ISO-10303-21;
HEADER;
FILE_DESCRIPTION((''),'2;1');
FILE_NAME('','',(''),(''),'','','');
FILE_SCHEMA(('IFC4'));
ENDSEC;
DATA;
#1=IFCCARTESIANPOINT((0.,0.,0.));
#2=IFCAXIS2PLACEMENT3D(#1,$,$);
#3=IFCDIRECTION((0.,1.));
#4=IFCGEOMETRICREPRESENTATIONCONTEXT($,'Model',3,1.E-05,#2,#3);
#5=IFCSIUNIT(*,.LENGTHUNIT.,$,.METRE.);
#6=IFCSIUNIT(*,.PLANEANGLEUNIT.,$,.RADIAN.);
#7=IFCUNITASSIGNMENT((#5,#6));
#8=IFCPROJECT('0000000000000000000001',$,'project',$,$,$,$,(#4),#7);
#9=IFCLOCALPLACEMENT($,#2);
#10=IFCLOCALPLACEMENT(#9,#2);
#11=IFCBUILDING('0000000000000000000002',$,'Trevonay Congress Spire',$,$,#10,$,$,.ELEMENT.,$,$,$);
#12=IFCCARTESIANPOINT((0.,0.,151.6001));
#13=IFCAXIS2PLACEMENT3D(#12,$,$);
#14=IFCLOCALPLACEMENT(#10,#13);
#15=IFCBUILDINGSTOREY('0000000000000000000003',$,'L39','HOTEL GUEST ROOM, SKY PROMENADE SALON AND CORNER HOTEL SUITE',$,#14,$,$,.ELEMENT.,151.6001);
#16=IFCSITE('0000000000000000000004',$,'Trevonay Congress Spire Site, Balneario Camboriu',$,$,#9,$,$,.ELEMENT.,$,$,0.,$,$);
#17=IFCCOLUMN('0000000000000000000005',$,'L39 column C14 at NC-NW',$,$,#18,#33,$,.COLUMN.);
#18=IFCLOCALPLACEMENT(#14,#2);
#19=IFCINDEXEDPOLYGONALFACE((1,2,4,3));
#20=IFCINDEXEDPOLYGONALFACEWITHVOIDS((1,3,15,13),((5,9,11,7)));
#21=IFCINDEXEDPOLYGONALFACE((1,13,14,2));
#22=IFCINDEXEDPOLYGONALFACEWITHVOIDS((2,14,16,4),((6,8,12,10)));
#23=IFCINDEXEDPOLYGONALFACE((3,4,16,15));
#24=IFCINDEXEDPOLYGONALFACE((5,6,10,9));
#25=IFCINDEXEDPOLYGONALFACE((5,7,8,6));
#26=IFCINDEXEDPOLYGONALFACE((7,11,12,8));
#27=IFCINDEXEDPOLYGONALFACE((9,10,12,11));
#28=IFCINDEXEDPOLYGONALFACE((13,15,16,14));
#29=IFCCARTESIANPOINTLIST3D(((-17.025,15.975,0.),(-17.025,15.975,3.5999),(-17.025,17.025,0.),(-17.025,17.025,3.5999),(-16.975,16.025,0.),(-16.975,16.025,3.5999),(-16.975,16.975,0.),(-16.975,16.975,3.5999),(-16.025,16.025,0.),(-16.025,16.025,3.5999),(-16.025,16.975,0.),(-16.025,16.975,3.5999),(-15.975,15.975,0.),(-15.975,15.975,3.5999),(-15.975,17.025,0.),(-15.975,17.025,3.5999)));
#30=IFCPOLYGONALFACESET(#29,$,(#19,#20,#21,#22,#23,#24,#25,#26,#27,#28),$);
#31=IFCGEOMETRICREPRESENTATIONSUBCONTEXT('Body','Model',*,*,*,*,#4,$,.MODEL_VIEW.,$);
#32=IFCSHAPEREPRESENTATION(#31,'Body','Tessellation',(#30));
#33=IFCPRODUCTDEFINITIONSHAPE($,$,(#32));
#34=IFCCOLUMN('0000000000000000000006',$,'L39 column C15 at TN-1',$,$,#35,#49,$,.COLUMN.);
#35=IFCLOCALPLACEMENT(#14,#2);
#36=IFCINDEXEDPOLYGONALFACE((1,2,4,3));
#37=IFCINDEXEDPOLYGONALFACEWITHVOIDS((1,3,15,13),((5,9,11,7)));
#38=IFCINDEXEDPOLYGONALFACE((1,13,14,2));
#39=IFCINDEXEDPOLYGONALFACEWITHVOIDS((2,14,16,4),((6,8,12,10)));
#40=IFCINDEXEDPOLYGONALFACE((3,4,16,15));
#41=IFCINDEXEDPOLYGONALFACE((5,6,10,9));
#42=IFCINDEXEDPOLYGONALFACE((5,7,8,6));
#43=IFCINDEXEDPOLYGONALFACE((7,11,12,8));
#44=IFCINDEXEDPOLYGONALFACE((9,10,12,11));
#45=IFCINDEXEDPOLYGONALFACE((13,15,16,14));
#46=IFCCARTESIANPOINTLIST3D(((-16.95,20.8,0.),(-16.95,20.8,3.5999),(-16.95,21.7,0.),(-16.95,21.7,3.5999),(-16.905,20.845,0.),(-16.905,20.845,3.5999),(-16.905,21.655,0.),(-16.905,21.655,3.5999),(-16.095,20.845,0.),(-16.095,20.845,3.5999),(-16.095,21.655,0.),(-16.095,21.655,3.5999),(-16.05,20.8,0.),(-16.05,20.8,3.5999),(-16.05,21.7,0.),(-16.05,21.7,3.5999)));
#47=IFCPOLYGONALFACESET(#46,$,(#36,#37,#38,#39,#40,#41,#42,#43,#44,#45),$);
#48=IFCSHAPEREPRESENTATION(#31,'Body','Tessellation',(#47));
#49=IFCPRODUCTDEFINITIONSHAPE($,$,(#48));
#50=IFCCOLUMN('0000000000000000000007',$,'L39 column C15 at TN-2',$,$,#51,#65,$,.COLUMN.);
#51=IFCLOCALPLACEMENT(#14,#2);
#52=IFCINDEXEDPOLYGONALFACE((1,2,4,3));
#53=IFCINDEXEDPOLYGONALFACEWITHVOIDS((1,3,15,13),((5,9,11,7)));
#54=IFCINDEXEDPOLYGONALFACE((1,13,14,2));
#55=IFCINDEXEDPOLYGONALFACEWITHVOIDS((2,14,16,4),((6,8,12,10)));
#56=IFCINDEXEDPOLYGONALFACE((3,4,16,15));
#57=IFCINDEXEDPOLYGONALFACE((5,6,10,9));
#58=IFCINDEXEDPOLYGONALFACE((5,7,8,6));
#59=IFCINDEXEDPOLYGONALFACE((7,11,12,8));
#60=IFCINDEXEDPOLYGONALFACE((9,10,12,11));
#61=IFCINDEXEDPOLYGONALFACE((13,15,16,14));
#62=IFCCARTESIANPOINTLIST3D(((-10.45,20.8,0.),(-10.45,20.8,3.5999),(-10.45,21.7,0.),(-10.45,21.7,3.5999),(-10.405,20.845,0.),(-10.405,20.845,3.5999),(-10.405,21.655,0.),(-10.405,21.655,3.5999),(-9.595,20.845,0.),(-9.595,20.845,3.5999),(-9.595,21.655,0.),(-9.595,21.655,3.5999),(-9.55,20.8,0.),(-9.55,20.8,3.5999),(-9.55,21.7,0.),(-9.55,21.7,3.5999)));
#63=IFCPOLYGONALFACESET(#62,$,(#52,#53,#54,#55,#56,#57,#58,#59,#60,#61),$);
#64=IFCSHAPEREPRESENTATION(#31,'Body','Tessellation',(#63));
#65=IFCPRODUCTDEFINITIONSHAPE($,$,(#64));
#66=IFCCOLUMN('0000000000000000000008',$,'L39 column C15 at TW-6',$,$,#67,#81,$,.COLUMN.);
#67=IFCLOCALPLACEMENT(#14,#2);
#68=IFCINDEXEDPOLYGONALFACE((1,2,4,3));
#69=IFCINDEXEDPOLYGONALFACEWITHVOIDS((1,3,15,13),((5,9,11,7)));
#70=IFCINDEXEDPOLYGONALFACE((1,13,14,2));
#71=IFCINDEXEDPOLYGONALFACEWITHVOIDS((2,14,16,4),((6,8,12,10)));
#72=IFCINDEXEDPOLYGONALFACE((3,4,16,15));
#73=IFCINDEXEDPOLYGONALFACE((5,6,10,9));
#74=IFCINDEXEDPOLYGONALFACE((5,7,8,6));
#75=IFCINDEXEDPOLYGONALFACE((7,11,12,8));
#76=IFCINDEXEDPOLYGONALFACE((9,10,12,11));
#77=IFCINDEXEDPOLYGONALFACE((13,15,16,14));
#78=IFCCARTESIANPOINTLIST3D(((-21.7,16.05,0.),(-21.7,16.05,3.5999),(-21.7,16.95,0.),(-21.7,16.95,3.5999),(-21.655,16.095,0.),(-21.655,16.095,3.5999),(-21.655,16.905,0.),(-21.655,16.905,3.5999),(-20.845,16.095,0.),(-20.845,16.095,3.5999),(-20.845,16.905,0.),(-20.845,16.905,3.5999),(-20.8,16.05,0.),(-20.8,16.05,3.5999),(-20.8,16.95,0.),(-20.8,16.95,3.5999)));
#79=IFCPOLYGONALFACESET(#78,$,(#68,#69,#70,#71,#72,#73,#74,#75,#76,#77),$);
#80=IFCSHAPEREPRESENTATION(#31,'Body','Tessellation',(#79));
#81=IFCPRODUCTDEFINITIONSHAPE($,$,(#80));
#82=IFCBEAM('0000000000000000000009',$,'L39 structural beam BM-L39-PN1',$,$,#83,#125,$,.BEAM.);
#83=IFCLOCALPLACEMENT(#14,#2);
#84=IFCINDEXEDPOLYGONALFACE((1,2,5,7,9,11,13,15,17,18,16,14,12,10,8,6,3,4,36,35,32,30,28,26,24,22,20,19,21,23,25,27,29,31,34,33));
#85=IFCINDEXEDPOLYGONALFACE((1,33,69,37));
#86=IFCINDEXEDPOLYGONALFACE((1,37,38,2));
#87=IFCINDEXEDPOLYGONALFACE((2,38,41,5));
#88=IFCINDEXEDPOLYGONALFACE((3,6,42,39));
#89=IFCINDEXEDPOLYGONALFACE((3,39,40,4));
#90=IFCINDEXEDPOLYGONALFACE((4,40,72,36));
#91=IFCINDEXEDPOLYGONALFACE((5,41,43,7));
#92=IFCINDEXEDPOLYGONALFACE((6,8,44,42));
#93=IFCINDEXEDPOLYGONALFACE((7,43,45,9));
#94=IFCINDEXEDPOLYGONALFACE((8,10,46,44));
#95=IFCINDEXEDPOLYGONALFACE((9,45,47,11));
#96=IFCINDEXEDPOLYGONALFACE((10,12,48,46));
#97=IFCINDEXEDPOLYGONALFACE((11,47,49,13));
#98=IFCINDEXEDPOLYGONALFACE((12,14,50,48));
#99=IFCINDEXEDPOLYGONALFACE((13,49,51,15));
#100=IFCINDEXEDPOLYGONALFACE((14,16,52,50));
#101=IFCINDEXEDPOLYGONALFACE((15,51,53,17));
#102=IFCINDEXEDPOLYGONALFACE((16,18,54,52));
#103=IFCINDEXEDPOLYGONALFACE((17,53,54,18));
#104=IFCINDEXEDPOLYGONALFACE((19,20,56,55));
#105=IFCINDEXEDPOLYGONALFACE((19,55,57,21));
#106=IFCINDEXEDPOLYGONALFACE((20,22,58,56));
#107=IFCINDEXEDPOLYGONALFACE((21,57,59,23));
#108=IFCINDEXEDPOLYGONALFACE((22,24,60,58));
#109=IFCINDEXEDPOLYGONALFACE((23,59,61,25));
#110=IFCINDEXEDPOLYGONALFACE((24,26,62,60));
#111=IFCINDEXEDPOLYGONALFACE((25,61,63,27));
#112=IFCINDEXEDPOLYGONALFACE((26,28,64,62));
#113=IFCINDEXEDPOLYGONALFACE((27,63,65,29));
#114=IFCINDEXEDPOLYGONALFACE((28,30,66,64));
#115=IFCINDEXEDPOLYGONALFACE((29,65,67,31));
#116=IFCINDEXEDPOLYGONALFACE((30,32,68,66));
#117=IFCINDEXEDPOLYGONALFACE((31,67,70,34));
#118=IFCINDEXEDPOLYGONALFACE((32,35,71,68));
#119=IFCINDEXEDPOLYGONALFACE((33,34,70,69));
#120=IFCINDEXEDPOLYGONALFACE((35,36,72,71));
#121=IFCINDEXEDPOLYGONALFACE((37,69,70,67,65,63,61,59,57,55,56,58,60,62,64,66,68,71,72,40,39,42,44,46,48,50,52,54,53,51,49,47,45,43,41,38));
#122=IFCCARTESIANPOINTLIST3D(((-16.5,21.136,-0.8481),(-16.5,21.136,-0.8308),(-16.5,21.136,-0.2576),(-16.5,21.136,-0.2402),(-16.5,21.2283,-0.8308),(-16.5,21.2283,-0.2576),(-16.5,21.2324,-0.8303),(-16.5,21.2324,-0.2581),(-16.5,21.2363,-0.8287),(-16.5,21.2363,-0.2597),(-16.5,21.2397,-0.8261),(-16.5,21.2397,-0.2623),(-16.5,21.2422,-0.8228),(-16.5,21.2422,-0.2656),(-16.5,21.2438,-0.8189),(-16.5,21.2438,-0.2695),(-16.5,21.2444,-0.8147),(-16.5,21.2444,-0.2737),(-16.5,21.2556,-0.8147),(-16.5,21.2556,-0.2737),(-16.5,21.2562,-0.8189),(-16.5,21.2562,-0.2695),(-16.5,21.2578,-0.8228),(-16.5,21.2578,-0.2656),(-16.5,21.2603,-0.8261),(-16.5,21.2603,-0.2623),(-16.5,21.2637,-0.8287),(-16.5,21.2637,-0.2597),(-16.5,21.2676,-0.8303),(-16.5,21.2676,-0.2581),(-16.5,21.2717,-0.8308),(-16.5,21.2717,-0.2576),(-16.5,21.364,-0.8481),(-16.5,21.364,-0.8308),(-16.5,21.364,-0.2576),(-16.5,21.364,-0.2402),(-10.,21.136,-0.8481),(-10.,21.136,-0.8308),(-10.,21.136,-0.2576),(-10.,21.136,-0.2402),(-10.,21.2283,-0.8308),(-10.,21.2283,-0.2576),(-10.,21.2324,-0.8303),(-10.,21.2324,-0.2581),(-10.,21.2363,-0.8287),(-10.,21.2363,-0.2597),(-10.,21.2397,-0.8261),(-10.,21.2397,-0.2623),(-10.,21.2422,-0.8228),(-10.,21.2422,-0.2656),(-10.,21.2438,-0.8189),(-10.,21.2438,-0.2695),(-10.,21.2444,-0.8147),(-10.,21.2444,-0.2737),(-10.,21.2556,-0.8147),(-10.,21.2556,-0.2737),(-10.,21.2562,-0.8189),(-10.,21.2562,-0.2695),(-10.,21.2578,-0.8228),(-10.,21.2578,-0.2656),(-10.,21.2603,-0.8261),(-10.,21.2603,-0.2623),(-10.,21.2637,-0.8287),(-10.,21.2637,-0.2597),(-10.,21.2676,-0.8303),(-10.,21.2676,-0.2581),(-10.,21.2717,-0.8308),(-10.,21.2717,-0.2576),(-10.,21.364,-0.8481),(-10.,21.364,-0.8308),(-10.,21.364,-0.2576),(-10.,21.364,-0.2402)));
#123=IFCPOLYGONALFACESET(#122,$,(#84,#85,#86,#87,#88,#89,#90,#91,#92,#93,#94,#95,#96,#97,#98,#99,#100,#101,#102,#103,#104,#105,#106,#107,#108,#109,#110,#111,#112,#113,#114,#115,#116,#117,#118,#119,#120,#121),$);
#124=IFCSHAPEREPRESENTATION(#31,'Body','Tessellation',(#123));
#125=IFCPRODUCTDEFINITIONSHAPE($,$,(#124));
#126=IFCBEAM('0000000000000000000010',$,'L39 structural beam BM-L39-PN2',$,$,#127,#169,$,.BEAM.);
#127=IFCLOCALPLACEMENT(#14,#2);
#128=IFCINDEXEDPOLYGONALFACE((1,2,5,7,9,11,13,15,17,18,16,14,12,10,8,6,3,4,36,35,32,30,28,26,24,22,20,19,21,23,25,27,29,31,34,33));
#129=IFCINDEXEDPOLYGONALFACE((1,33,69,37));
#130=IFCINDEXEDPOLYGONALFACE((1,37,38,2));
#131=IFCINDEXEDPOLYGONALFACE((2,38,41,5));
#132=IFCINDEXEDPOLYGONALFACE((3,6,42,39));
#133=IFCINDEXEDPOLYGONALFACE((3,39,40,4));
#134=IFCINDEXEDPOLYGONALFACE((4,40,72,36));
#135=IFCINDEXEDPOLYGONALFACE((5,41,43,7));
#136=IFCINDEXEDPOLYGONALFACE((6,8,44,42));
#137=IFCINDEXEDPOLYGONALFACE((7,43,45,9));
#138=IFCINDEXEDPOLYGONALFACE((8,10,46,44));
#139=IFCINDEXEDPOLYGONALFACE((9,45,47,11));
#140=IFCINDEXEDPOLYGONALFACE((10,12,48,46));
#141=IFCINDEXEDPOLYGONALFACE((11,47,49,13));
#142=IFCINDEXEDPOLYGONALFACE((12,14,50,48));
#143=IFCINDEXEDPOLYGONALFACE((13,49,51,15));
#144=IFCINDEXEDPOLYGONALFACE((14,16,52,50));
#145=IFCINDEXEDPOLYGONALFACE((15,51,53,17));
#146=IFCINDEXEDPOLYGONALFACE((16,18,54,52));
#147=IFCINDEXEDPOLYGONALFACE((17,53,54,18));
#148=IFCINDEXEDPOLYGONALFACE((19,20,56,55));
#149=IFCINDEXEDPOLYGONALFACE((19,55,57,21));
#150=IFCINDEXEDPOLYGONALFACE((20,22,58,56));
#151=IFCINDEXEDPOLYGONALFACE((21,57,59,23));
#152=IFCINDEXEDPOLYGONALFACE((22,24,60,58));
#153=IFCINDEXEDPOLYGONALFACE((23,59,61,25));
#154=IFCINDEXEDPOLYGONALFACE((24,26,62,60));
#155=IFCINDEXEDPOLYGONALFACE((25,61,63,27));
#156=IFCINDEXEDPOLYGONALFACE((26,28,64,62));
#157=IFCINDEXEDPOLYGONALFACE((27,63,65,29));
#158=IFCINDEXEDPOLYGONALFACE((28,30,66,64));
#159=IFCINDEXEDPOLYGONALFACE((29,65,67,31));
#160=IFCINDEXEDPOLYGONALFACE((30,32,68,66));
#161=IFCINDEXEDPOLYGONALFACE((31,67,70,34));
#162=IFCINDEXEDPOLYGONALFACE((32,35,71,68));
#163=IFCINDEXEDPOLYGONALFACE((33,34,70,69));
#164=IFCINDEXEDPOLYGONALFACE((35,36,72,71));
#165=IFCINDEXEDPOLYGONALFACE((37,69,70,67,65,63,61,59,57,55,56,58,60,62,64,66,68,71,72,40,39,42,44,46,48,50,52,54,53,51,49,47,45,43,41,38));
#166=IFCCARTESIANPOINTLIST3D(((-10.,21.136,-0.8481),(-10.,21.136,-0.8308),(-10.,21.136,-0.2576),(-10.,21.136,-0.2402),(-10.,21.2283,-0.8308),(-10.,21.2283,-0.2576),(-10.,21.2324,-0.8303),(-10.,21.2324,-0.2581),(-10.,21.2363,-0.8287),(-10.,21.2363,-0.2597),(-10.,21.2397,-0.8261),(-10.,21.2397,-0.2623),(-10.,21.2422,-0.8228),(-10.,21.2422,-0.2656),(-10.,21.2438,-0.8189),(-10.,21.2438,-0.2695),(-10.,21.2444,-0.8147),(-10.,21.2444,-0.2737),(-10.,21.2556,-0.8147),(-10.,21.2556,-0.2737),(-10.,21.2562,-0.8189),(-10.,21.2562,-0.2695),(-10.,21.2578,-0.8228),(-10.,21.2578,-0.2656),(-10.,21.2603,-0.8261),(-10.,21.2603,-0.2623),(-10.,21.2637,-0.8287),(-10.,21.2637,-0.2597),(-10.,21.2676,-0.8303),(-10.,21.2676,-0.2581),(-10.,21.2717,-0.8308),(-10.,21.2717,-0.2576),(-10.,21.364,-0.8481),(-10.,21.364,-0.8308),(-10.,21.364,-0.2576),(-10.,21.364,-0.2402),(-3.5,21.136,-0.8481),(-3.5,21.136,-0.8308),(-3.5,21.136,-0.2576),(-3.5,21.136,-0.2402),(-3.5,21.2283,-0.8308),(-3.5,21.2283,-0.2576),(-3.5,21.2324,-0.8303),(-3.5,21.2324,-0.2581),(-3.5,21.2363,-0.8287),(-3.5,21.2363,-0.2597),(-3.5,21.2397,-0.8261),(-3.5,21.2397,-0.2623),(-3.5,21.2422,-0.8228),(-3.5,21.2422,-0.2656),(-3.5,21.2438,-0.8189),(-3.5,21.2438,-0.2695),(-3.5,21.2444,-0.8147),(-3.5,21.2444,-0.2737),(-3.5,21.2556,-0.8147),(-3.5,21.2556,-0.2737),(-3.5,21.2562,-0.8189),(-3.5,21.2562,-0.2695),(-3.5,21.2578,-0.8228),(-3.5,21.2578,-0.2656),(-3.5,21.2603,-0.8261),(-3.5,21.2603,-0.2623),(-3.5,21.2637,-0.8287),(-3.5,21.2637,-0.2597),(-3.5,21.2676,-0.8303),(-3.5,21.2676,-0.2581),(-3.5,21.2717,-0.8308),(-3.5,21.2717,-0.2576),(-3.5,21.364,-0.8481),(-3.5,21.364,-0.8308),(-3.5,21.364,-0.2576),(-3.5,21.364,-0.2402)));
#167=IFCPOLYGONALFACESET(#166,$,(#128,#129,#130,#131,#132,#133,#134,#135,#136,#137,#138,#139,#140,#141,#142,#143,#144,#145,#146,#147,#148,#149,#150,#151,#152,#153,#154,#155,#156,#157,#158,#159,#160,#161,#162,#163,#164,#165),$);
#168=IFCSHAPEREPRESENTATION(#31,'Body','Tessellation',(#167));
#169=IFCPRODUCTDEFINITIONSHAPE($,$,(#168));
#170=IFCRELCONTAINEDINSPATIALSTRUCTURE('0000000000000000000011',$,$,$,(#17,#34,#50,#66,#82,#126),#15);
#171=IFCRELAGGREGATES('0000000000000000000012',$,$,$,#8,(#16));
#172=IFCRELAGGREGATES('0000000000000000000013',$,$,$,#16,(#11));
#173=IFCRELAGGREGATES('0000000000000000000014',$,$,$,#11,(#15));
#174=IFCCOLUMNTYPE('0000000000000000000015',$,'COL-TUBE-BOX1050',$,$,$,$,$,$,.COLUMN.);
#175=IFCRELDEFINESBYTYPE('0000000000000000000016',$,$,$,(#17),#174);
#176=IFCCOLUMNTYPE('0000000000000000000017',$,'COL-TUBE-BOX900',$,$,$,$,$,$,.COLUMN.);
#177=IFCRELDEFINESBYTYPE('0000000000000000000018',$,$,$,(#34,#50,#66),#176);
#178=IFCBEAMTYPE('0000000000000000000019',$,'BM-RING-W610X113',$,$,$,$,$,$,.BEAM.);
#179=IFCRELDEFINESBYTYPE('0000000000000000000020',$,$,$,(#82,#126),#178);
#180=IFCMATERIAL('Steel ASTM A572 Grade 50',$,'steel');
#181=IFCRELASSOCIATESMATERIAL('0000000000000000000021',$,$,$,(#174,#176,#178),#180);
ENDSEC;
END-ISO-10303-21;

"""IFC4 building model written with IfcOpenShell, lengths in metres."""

from ifc_helpers import new_model, si_unit, direction, frame, origin, origin_2d, place, context, subcontext, project, spatial, hollow_rectangle, i_section, extrude, material, material_profile, profile_set, type_object, element, save


model = new_model("IFC4")

# Units and contexts
model_context = context("Model", 3, precision=1e-05, world=origin(), true_north=direction((0.0, 1.0)))
body_context = subcontext(model_context, "Body", "Model", "MODEL_VIEW")
ifc_project = project(units=[si_unit("LENGTHUNIT", "METRE"), si_unit("PLANEANGLEUNIT", "RADIAN")], contexts=[model_context])

# Site, building, storey
site_placement = place(None, origin())
site = spatial("IfcSite", under=ifc_project, at=site_placement, Name="Trevonay Congress Spire Site, Balneario Camboriu", CompositionType="ELEMENT", RefElevation=0.0)
building_placement = place(site_placement, origin())
building = spatial("IfcBuilding", under=site, at=building_placement, Name="Trevonay Congress Spire", CompositionType="ELEMENT")
storey_placement = place(building_placement, frame((0.0, 0.0, 151.6001)))
storey = spatial("IfcBuildingStorey", under=building, at=storey_placement, Name="L39", Description="HOTEL GUEST ROOM, SKY PROMENADE SALON AND CORNER HOTEL SUITE", CompositionType="ELEMENT", Elevation=151.6001)

# Columns
ifc_material_1 = material(Name="Steel ASTM A572 Grade 50", Category="steel")
ifc_material_profile_1 = material_profile(ifc_material_1, hollow_rectangle(XDim=1.05, YDim=1.05, WallThickness=0.05, at=origin_2d()), Name="BOX 1050x1050x50")
ifc_profile_set_1 = profile_set([ifc_material_profile_1], Name="Steel ASTM A572 Grade 50")
column_type_1 = type_object("IfcColumnType", Name="COL-TUBE-BOX1050", PredefinedType="COLUMN", material=ifc_profile_set_1)
column_placement = place(storey_placement, frame((-16.5, 16.5, 0.0), z_axis=(0.0, 0.0, 1.0), x_axis=(1.0, 0.0, 0.0)))
element("IfcColumn", 1, at=column_placement, inside=storey, type_object=column_type_1, Name="L39 column C14 at NC-NW", PredefinedType="COLUMN", context=body_context, shape_type="SweptSolid", body=[
    extrude(hollow_rectangle(XDim=1.05, YDim=1.05, WallThickness=0.05, at=origin_2d()), origin(), (0.0, 0.0, 1.0), 3.5999),
])
ifc_material_profile_2 = material_profile(ifc_material_1, hollow_rectangle(XDim=0.8999, YDim=0.8999, WallThickness=0.0449, at=origin_2d()), Name="BOX 900x900x45")
ifc_profile_set_2 = profile_set([ifc_material_profile_2], Name="Steel ASTM A572 Grade 50")
column_type_2 = type_object("IfcColumnType", Name="COL-TUBE-BOX900", PredefinedType="COLUMN", material=ifc_profile_set_2)
for number, where, z_axis, x_axis, name in (
    (2, (-16.5, 21.25, 0.0), (0.0, 0.0, 1.0), (1.0, 0.0, 0.0), "L39 column C15 at TN-1"),
    (3, (-10.0, 21.25, 0.0), (0.0, 0.0, 1.0), (1.0, 0.0, 0.0), "L39 column C15 at TN-2"),
    (4, (-21.25, 16.5, 0.0), (0.0, 0.0, 1.0), (1.0, 0.0, 0.0), "L39 column C15 at TW-6"),
):
    element("IfcColumn", number, at=place(storey_placement, frame(where, z_axis=z_axis, x_axis=x_axis)), inside=storey, type_object=column_type_2, Name=name, PredefinedType="COLUMN", context=body_context, shape_type="SweptSolid", body=[
        extrude(hollow_rectangle(XDim=0.8999, YDim=0.8999, WallThickness=0.0449, at=origin_2d()), origin(), (0.0, 0.0, 1.0), 3.5999),
    ])

# Beams
ifc_material_profile_3 = material_profile(ifc_material_1, i_section(OverallWidth=0.228, OverallDepth=0.6079, WebThickness=0.0112, FlangeThickness=0.0173, FilletRadius=0.0161, at=origin_2d()), Name="W610x113")
ifc_profile_set_3 = profile_set([ifc_material_profile_3], Name="Steel ASTM A572 Grade 50")
beam_type_1 = type_object("IfcBeamType", Name="BM-RING-W610X113", PredefinedType="BEAM", material=ifc_profile_set_3)
for number, where, z_axis, x_axis, name in (
    (5, (-16.5, 21.25, -0.5442), (1.0, 0.0, 0.0), (0.0, 1.0, 0.0), "L39 structural beam BM-L39-PN1"),
    (6, (-10.0, 21.25, -0.5442), (1.0, 0.0, 0.0), (0.0, 1.0, 0.0), "L39 structural beam BM-L39-PN2"),
):
    element("IfcBeam", number, at=place(storey_placement, frame(where, z_axis=z_axis, x_axis=x_axis)), inside=storey, type_object=beam_type_1, Name=name, PredefinedType="BEAM", context=body_context, shape_type="SweptSolid", body=[
        extrude(i_section(OverallWidth=0.228, OverallDepth=0.6079, WebThickness=0.0112, FlangeThickness=0.0173, FilletRadius=0.0161, at=origin_2d()), origin(), (0.0, 0.0, 1.0), 6.5),
    ])

save(model, "model.ifc")
